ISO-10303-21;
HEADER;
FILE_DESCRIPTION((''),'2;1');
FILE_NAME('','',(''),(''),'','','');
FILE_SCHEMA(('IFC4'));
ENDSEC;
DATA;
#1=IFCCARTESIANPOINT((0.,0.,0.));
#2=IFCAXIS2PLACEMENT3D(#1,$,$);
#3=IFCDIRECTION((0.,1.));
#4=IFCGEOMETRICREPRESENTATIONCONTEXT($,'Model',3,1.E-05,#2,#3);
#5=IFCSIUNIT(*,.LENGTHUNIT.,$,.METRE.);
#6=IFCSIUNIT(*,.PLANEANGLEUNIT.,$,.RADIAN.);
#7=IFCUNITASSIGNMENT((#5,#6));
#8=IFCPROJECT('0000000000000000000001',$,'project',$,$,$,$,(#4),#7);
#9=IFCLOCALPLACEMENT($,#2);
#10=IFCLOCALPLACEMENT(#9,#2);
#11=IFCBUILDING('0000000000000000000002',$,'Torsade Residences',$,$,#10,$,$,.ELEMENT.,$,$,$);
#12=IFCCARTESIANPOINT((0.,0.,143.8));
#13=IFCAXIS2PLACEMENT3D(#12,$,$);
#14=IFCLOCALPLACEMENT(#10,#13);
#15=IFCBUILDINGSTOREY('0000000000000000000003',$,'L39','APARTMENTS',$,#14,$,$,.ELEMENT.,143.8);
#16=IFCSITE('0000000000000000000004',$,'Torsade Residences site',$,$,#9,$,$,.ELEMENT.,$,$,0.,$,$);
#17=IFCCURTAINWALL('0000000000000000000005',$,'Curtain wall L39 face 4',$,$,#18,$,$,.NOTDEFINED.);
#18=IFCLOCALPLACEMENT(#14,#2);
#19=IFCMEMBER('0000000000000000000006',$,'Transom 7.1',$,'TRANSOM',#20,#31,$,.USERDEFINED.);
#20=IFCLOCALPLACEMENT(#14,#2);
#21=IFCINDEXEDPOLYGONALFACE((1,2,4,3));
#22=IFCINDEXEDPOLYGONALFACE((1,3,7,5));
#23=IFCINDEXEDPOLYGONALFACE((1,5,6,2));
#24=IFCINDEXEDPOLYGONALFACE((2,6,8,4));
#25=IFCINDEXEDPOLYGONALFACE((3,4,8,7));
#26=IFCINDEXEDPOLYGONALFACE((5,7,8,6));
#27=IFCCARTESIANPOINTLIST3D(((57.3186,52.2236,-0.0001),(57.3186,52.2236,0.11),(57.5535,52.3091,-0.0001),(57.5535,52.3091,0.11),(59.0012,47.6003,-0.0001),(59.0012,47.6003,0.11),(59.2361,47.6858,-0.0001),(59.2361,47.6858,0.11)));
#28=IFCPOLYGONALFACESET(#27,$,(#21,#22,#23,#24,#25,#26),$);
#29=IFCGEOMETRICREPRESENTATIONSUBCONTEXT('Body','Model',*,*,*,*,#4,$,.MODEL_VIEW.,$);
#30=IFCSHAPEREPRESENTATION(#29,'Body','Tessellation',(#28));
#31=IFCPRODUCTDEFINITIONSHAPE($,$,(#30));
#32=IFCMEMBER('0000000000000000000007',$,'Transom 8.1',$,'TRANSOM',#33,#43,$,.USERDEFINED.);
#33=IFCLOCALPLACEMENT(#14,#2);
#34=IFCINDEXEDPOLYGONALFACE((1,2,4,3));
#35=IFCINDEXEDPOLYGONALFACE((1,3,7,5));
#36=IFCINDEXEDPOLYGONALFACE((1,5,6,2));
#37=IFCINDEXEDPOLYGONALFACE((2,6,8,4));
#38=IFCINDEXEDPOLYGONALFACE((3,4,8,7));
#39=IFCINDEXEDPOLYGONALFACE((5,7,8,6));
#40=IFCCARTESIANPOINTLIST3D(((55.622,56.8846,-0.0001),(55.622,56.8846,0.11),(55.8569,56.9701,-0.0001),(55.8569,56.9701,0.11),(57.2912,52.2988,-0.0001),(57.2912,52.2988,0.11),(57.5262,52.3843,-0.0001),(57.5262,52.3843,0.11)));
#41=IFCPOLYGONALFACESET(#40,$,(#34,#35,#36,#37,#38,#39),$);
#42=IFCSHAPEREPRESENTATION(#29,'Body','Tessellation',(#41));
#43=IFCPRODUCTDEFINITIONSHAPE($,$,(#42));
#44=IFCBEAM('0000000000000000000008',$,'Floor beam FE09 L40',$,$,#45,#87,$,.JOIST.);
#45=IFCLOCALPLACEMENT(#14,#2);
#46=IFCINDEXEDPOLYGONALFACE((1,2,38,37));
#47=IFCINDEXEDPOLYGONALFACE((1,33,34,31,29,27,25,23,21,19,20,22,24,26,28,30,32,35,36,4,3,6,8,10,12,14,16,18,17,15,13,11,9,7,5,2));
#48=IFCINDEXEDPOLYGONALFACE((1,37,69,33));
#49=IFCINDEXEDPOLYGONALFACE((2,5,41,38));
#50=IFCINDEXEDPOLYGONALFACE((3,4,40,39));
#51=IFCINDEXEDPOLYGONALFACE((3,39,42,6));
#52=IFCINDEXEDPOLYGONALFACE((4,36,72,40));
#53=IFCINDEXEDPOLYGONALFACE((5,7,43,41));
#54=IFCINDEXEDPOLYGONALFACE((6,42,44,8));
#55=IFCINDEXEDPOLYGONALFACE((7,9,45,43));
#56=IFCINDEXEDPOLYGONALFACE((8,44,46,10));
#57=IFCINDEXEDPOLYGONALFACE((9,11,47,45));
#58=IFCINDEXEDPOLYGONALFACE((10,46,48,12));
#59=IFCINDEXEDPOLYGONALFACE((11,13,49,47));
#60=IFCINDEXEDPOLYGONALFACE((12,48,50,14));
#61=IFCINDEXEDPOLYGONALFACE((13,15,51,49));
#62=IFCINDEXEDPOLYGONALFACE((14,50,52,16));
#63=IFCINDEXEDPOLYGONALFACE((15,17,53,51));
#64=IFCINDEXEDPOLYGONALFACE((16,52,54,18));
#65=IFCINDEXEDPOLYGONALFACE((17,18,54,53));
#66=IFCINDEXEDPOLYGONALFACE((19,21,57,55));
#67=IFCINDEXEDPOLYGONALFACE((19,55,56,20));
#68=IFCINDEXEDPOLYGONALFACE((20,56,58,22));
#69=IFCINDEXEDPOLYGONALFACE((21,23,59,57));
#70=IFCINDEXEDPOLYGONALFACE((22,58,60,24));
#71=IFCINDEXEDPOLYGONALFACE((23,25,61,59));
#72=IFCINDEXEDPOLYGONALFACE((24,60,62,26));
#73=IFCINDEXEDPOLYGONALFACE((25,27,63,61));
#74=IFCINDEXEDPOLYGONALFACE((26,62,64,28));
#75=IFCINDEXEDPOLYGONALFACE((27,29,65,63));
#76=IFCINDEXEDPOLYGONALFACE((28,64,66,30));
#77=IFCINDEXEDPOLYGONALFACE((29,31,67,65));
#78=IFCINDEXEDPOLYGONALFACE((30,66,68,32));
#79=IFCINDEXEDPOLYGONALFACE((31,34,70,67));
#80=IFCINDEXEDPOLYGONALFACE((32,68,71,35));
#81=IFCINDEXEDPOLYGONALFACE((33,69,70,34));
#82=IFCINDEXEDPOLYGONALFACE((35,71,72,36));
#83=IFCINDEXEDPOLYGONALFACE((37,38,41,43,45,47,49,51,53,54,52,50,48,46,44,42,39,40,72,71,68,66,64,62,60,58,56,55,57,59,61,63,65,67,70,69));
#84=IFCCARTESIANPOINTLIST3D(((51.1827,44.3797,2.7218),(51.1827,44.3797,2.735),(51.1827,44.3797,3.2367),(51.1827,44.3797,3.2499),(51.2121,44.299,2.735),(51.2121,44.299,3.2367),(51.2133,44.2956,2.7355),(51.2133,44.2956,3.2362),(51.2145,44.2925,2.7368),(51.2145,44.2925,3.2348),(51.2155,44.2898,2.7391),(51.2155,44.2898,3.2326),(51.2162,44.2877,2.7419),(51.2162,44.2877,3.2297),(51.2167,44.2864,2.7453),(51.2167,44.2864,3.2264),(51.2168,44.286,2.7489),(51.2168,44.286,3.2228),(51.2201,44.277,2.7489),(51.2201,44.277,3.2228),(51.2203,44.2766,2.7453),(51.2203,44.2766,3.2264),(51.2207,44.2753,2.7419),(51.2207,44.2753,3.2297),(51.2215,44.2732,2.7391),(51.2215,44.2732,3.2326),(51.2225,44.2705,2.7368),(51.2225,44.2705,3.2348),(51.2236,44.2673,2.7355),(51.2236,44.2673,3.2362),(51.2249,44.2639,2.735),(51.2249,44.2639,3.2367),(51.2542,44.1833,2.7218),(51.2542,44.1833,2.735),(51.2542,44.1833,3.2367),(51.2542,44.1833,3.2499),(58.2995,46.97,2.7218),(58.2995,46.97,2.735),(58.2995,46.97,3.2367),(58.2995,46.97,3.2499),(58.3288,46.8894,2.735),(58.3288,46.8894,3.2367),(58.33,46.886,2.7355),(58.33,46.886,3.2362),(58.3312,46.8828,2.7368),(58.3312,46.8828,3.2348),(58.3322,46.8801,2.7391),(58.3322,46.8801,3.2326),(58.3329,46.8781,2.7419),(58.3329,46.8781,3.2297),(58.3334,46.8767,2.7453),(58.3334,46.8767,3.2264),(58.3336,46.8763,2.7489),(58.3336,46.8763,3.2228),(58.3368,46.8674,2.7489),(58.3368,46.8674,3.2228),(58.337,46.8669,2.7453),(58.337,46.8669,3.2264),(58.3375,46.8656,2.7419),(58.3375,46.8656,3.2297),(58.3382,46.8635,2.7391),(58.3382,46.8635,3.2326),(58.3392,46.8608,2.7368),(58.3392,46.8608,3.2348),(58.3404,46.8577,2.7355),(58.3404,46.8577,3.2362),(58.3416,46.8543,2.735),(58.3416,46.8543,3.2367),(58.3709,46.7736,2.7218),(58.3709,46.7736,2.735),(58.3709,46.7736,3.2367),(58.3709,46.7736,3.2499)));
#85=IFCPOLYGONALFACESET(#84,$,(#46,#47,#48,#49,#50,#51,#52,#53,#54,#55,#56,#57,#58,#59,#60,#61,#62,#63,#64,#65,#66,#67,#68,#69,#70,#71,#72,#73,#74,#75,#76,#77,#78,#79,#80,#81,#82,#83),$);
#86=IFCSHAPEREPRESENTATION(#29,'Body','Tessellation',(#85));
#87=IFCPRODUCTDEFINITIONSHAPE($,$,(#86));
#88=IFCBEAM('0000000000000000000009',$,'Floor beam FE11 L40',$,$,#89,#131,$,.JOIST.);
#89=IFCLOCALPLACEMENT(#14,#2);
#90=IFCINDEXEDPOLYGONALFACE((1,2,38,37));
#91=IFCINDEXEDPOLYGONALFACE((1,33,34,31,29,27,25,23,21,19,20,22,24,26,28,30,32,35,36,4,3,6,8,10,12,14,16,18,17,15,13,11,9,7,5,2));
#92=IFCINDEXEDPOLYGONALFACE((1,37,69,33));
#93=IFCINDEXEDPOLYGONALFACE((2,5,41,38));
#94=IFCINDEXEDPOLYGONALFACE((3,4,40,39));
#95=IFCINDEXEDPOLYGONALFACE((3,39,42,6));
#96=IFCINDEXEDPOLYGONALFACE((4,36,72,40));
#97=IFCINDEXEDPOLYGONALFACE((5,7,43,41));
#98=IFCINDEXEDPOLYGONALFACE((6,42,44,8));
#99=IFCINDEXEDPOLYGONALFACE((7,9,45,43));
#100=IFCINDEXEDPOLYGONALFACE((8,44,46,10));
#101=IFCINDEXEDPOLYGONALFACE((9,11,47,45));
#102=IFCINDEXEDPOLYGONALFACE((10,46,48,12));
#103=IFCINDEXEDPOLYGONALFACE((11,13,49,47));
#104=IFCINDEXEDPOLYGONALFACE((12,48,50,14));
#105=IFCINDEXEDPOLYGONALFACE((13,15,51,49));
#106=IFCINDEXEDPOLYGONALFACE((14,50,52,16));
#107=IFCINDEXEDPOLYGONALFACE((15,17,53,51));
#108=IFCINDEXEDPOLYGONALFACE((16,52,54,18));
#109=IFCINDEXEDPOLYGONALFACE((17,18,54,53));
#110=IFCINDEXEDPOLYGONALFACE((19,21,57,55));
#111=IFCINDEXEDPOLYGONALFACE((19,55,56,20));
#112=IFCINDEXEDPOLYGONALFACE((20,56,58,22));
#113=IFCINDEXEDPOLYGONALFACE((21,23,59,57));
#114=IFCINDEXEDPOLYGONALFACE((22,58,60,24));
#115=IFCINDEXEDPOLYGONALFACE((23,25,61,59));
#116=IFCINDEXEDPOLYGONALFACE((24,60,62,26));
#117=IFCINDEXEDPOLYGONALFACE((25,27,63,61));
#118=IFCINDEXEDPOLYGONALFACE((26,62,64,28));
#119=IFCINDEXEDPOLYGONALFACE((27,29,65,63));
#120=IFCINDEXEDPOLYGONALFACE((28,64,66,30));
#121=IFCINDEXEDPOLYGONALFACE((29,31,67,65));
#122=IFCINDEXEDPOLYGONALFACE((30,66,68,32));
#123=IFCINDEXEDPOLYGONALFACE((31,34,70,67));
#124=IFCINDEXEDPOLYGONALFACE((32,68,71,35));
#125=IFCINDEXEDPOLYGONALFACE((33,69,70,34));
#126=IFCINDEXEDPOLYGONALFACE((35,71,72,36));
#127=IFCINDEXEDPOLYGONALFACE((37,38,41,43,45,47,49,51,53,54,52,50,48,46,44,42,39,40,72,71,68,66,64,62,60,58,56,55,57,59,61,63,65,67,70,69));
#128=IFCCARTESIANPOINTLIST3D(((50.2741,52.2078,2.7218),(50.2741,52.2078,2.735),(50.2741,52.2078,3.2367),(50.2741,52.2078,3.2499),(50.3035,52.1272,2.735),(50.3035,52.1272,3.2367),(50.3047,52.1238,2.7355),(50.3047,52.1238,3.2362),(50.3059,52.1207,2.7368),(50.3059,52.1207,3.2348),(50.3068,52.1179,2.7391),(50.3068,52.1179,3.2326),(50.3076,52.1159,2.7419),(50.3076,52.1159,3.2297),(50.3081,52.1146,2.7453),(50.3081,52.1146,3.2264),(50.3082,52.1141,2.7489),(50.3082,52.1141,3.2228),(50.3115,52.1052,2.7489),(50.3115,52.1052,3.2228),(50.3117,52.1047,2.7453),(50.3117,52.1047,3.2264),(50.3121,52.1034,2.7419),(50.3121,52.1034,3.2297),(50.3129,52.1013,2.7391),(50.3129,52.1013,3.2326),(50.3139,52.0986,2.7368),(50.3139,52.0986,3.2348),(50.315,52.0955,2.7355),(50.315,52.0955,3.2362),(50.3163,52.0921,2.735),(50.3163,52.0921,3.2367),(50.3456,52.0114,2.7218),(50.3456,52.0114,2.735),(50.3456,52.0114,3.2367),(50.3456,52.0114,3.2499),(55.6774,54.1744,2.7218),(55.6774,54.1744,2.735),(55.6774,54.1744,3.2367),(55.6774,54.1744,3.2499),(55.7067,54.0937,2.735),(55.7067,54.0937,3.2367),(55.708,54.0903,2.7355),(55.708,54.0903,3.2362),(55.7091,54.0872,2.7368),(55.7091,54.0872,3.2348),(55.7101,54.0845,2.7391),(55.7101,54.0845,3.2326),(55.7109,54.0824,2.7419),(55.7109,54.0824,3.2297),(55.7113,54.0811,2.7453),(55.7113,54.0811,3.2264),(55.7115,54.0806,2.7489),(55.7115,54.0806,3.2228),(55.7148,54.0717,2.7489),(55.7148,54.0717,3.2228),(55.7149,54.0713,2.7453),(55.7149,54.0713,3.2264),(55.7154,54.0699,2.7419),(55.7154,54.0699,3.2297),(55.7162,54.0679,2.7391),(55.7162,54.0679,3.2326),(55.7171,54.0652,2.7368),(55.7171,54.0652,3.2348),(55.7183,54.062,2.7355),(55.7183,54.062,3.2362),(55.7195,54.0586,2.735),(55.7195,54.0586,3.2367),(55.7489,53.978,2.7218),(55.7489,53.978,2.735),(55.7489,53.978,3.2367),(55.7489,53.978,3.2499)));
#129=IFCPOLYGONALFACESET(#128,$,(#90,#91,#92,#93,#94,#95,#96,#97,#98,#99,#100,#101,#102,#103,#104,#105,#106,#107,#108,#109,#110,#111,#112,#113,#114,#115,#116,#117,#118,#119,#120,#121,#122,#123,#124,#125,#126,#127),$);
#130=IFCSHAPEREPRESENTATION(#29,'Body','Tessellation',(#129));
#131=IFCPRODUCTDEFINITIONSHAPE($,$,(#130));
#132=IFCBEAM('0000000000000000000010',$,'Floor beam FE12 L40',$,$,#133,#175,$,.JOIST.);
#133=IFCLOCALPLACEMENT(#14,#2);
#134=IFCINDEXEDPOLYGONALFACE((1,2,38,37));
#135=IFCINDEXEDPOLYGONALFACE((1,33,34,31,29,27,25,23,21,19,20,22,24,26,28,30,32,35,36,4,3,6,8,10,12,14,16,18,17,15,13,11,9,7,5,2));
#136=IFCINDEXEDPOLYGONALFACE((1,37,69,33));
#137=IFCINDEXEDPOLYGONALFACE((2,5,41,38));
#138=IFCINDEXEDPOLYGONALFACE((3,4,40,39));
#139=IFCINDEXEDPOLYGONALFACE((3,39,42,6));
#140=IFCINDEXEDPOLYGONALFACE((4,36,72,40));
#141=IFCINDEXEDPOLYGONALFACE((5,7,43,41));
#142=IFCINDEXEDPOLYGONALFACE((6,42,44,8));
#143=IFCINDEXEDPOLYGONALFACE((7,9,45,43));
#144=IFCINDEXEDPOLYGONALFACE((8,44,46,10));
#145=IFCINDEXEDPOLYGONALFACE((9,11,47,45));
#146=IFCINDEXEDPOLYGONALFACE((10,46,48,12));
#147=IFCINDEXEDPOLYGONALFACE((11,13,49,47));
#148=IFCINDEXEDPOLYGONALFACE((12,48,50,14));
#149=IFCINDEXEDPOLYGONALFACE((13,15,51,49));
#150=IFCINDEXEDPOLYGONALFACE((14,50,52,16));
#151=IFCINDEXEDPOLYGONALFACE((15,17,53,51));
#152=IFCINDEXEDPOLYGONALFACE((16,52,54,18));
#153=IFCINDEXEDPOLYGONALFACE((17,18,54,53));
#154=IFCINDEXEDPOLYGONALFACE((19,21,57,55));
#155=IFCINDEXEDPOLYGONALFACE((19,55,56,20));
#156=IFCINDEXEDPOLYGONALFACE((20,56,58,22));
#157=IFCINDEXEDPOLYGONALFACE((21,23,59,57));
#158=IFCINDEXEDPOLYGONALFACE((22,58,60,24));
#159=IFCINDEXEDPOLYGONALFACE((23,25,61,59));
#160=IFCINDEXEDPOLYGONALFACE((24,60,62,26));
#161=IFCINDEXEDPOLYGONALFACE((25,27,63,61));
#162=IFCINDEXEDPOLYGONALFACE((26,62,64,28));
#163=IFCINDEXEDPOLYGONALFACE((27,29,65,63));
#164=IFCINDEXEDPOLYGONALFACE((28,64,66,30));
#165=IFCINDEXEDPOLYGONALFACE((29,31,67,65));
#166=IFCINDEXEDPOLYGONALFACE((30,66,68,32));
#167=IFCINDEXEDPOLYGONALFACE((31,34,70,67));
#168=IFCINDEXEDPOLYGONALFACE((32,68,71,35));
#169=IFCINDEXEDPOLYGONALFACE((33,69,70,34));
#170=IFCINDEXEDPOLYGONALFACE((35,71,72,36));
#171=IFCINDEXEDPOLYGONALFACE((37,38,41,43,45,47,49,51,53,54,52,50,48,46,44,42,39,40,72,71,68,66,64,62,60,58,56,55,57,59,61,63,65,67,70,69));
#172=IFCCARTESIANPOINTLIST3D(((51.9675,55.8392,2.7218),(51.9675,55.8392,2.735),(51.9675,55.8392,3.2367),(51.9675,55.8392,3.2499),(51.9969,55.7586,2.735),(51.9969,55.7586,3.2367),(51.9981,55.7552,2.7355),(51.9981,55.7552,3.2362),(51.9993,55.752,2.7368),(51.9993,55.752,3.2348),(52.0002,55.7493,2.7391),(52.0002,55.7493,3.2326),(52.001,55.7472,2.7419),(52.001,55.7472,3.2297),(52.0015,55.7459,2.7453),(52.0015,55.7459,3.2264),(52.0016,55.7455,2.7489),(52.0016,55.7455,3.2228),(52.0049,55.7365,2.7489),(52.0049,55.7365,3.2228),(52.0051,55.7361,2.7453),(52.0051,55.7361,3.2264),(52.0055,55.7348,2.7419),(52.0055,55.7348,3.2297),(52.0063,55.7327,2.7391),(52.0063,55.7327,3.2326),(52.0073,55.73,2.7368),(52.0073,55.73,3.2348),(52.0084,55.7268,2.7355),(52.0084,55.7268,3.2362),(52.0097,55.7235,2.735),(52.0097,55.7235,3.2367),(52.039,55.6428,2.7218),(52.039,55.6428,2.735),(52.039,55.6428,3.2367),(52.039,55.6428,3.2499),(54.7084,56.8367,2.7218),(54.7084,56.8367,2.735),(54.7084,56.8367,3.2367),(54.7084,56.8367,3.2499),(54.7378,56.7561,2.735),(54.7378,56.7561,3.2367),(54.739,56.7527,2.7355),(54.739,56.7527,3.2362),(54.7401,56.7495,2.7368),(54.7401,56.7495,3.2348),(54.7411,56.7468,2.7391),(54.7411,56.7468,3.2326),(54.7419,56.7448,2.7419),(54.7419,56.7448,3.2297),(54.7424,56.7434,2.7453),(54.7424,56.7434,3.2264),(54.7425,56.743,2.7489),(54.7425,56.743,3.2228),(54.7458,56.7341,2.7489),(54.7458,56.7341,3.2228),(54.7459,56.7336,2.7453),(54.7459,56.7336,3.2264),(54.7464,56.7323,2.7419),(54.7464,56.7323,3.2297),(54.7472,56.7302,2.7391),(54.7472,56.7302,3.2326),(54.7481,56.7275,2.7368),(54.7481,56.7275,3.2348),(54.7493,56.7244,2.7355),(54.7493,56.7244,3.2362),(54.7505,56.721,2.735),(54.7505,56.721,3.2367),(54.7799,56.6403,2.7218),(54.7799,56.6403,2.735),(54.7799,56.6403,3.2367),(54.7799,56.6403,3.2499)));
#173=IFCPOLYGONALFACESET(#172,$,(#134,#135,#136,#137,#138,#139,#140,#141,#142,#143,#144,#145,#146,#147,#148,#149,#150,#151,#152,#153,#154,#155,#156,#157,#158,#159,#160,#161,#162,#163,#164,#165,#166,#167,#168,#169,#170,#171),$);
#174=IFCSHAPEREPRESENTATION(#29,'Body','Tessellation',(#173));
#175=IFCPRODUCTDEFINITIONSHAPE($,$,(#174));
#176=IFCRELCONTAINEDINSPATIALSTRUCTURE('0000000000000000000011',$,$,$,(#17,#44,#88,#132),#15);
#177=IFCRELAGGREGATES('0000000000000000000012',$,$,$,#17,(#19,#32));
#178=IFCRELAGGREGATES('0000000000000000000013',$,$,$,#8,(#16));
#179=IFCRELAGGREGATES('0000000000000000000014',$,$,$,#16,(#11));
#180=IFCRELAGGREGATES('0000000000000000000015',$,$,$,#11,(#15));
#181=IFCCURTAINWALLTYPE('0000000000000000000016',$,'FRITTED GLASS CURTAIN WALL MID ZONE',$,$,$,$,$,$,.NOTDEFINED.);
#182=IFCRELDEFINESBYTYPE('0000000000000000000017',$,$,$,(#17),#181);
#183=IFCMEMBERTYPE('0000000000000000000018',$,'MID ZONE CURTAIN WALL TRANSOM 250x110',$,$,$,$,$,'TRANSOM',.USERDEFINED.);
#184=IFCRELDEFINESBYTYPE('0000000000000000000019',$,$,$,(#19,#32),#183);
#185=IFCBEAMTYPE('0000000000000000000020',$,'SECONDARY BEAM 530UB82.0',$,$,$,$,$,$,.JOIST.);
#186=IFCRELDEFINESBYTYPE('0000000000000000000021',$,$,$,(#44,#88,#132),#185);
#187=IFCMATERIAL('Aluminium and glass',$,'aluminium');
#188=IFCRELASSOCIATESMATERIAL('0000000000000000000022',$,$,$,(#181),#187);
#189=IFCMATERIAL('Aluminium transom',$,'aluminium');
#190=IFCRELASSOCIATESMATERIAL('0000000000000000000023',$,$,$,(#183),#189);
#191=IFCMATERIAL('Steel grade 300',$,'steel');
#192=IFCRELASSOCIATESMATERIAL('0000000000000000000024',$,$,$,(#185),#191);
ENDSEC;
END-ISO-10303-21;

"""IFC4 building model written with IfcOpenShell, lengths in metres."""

from ifc_helpers import new_model, si_unit, direction, frame, origin, origin_2d, place, context, subcontext, project, spatial, rectangle, i_section, extrude, material, material_profile, profile_set, type_object, element, aggregate, save


model = new_model("IFC4")

# Units and contexts
model_context = context("Model", 3, precision=1e-05, world=origin(), true_north=direction((0.0, 1.0)))
body_context = subcontext(model_context, "Body", "Model", "MODEL_VIEW")
ifc_project = project(units=[si_unit("LENGTHUNIT", "METRE"), si_unit("PLANEANGLEUNIT", "RADIAN")], contexts=[model_context])

# Site, building, storey
site_placement = place(None, origin())
site = spatial("IfcSite", under=ifc_project, at=site_placement, Name="Torsade Residences site", CompositionType="ELEMENT", RefElevation=0.0)
building_placement = place(site_placement, origin())
building = spatial("IfcBuilding", under=site, at=building_placement, Name="Torsade Residences", CompositionType="ELEMENT")
storey_placement = place(building_placement, frame((0.0, 0.0, 143.8)))
storey = spatial("IfcBuildingStorey", under=building, at=storey_placement, Name="L39", Description="APARTMENTS", CompositionType="ELEMENT", Elevation=143.8)

# Curtain wall, members
ifc_material_1 = material(Name="Aluminium and glass", Category="aluminium")
curtain_wall_type = type_object("IfcCurtainWallType", Name="FRITTED GLASS CURTAIN WALL MID ZONE", PredefinedType="NOTDEFINED", material=ifc_material_1)
curtain_wall_placement = place(storey_placement, origin())
curtain_wall = element("IfcCurtainWall", 1, at=curtain_wall_placement, inside=storey, type_object=curtain_wall_type, Name="Curtain wall L39 face 4", PredefinedType="NOTDEFINED")
ifc_material_2 = material(Name="Aluminium transom", Category="aluminium")
ifc_material_profile_1 = material_profile(ifc_material_2, rectangle(XDim=0.25, YDim=0.1101, at=origin_2d()), Name="MID ZONE CURTAIN WALL TRANSOM 250x110")
ifc_profile_set_1 = profile_set([ifc_material_profile_1], Name="Aluminium transom")
member_type_1 = type_object("IfcMemberType", Name="MID ZONE CURTAIN WALL TRANSOM 250x110", ElementType="TRANSOM", PredefinedType="USERDEFINED", material=ifc_profile_set_1)
member_1_placement = place(storey_placement, frame((59.1187, 47.6431, 0.0549), z_axis=(-0.341998, 0.939701, 0.0), x_axis=(-0.939701, -0.341998, 0.0)))
member_1 = element("IfcMember", 2, at=member_1_placement, type_object=member_type_1, Name="Transom 7.1", ObjectType="TRANSOM", PredefinedType="USERDEFINED", context=body_context, shape_type="SweptSolid", body=[
    extrude(rectangle(XDim=0.25, YDim=0.1101, at=origin_2d()), origin(), (0.0, 0.0, 1.0), 4.9199),
])
member_2_placement = place(storey_placement, frame((57.4087, 52.3416, 0.0549), z_axis=(-0.342044, 0.939684, 0.0), x_axis=(-0.939684, -0.342044, 0.0)))
member_2 = element("IfcMember", 3, at=member_2_placement, type_object=member_type_1, Name="Transom 8.1", ObjectType="TRANSOM", PredefinedType="USERDEFINED", context=body_context, shape_type="SweptSolid", body=[
    extrude(rectangle(XDim=0.25, YDim=0.1101, at=origin_2d()), origin(), (0.0, 0.0, 1.0), 4.8801),
])

# Beams
ifc_material_3 = material(Name="Steel grade 300", Category="steel")
ifc_material_profile_2 = material_profile(ifc_material_3, i_section(OverallWidth=0.209, OverallDepth=0.5281, WebThickness=0.0095, FlangeThickness=0.0132, FilletRadius=0.0139, at=origin_2d()), Name="530UB82.0")
ifc_profile_set_2 = profile_set([ifc_material_profile_2], Name="Steel grade 300")
beam_type_1 = type_object("IfcBeamType", Name="SECONDARY BEAM 530UB82.0", PredefinedType="JOIST", material=ifc_profile_set_2)
beam_1_placement = place(storey_placement, frame((58.3352, 46.8718, 2.9858), z_axis=(-0.93969, -0.342028, 0.0), x_axis=(0.342028, -0.93969, 0.0)))
element("IfcBeam", 4, at=beam_1_placement, inside=storey, type_object=beam_type_1, Name="Floor beam FE09 L40", PredefinedType="JOIST", context=body_context, shape_type="SweptSolid", body=[
    extrude(i_section(OverallWidth=0.209, OverallDepth=0.5281, WebThickness=0.0095, FlangeThickness=0.0132, FilletRadius=0.0139, at=origin_2d()), origin(), (0.0, 0.0, 1.0), 7.5735),
])
beam_2_placement = place(storey_placement, frame((55.7131, 54.0762, 2.9858), z_axis=(-0.939698, -0.342006, 0.0), x_axis=(0.342006, -0.939698, 0.0)))
element("IfcBeam", 5, at=beam_2_placement, inside=storey, type_object=beam_type_1, Name="Floor beam FE11 L40", PredefinedType="JOIST", context=body_context, shape_type="SweptSolid", body=[
    extrude(i_section(OverallWidth=0.209, OverallDepth=0.5281, WebThickness=0.0095, FlangeThickness=0.0132, FilletRadius=0.0139, at=origin_2d()), origin(), (0.0, 0.0, 1.0), 5.75),
])
for number, where, z_axis, x_axis, name in (
    (6, (54.7441, 56.7385, 2.9858), (-0.939701, -0.341998, 0.0), (0.341998, -0.939701, 0.0), "Floor beam FE12 L40"),
):
    element("IfcBeam", number, at=place(storey_placement, frame(where, z_axis=z_axis, x_axis=x_axis)), inside=storey, type_object=beam_type_1, Name=name, PredefinedType="JOIST", context=body_context, shape_type="SweptSolid", body=[
        extrude(i_section(OverallWidth=0.209, OverallDepth=0.5281, WebThickness=0.0095, FlangeThickness=0.0132, FilletRadius=0.0139, at=origin_2d()), origin(), (0.0, 0.0, 1.0), 2.9167),
    ])

aggregate(curtain_wall, [member_1, member_2])

save(model, "model.ifc")
